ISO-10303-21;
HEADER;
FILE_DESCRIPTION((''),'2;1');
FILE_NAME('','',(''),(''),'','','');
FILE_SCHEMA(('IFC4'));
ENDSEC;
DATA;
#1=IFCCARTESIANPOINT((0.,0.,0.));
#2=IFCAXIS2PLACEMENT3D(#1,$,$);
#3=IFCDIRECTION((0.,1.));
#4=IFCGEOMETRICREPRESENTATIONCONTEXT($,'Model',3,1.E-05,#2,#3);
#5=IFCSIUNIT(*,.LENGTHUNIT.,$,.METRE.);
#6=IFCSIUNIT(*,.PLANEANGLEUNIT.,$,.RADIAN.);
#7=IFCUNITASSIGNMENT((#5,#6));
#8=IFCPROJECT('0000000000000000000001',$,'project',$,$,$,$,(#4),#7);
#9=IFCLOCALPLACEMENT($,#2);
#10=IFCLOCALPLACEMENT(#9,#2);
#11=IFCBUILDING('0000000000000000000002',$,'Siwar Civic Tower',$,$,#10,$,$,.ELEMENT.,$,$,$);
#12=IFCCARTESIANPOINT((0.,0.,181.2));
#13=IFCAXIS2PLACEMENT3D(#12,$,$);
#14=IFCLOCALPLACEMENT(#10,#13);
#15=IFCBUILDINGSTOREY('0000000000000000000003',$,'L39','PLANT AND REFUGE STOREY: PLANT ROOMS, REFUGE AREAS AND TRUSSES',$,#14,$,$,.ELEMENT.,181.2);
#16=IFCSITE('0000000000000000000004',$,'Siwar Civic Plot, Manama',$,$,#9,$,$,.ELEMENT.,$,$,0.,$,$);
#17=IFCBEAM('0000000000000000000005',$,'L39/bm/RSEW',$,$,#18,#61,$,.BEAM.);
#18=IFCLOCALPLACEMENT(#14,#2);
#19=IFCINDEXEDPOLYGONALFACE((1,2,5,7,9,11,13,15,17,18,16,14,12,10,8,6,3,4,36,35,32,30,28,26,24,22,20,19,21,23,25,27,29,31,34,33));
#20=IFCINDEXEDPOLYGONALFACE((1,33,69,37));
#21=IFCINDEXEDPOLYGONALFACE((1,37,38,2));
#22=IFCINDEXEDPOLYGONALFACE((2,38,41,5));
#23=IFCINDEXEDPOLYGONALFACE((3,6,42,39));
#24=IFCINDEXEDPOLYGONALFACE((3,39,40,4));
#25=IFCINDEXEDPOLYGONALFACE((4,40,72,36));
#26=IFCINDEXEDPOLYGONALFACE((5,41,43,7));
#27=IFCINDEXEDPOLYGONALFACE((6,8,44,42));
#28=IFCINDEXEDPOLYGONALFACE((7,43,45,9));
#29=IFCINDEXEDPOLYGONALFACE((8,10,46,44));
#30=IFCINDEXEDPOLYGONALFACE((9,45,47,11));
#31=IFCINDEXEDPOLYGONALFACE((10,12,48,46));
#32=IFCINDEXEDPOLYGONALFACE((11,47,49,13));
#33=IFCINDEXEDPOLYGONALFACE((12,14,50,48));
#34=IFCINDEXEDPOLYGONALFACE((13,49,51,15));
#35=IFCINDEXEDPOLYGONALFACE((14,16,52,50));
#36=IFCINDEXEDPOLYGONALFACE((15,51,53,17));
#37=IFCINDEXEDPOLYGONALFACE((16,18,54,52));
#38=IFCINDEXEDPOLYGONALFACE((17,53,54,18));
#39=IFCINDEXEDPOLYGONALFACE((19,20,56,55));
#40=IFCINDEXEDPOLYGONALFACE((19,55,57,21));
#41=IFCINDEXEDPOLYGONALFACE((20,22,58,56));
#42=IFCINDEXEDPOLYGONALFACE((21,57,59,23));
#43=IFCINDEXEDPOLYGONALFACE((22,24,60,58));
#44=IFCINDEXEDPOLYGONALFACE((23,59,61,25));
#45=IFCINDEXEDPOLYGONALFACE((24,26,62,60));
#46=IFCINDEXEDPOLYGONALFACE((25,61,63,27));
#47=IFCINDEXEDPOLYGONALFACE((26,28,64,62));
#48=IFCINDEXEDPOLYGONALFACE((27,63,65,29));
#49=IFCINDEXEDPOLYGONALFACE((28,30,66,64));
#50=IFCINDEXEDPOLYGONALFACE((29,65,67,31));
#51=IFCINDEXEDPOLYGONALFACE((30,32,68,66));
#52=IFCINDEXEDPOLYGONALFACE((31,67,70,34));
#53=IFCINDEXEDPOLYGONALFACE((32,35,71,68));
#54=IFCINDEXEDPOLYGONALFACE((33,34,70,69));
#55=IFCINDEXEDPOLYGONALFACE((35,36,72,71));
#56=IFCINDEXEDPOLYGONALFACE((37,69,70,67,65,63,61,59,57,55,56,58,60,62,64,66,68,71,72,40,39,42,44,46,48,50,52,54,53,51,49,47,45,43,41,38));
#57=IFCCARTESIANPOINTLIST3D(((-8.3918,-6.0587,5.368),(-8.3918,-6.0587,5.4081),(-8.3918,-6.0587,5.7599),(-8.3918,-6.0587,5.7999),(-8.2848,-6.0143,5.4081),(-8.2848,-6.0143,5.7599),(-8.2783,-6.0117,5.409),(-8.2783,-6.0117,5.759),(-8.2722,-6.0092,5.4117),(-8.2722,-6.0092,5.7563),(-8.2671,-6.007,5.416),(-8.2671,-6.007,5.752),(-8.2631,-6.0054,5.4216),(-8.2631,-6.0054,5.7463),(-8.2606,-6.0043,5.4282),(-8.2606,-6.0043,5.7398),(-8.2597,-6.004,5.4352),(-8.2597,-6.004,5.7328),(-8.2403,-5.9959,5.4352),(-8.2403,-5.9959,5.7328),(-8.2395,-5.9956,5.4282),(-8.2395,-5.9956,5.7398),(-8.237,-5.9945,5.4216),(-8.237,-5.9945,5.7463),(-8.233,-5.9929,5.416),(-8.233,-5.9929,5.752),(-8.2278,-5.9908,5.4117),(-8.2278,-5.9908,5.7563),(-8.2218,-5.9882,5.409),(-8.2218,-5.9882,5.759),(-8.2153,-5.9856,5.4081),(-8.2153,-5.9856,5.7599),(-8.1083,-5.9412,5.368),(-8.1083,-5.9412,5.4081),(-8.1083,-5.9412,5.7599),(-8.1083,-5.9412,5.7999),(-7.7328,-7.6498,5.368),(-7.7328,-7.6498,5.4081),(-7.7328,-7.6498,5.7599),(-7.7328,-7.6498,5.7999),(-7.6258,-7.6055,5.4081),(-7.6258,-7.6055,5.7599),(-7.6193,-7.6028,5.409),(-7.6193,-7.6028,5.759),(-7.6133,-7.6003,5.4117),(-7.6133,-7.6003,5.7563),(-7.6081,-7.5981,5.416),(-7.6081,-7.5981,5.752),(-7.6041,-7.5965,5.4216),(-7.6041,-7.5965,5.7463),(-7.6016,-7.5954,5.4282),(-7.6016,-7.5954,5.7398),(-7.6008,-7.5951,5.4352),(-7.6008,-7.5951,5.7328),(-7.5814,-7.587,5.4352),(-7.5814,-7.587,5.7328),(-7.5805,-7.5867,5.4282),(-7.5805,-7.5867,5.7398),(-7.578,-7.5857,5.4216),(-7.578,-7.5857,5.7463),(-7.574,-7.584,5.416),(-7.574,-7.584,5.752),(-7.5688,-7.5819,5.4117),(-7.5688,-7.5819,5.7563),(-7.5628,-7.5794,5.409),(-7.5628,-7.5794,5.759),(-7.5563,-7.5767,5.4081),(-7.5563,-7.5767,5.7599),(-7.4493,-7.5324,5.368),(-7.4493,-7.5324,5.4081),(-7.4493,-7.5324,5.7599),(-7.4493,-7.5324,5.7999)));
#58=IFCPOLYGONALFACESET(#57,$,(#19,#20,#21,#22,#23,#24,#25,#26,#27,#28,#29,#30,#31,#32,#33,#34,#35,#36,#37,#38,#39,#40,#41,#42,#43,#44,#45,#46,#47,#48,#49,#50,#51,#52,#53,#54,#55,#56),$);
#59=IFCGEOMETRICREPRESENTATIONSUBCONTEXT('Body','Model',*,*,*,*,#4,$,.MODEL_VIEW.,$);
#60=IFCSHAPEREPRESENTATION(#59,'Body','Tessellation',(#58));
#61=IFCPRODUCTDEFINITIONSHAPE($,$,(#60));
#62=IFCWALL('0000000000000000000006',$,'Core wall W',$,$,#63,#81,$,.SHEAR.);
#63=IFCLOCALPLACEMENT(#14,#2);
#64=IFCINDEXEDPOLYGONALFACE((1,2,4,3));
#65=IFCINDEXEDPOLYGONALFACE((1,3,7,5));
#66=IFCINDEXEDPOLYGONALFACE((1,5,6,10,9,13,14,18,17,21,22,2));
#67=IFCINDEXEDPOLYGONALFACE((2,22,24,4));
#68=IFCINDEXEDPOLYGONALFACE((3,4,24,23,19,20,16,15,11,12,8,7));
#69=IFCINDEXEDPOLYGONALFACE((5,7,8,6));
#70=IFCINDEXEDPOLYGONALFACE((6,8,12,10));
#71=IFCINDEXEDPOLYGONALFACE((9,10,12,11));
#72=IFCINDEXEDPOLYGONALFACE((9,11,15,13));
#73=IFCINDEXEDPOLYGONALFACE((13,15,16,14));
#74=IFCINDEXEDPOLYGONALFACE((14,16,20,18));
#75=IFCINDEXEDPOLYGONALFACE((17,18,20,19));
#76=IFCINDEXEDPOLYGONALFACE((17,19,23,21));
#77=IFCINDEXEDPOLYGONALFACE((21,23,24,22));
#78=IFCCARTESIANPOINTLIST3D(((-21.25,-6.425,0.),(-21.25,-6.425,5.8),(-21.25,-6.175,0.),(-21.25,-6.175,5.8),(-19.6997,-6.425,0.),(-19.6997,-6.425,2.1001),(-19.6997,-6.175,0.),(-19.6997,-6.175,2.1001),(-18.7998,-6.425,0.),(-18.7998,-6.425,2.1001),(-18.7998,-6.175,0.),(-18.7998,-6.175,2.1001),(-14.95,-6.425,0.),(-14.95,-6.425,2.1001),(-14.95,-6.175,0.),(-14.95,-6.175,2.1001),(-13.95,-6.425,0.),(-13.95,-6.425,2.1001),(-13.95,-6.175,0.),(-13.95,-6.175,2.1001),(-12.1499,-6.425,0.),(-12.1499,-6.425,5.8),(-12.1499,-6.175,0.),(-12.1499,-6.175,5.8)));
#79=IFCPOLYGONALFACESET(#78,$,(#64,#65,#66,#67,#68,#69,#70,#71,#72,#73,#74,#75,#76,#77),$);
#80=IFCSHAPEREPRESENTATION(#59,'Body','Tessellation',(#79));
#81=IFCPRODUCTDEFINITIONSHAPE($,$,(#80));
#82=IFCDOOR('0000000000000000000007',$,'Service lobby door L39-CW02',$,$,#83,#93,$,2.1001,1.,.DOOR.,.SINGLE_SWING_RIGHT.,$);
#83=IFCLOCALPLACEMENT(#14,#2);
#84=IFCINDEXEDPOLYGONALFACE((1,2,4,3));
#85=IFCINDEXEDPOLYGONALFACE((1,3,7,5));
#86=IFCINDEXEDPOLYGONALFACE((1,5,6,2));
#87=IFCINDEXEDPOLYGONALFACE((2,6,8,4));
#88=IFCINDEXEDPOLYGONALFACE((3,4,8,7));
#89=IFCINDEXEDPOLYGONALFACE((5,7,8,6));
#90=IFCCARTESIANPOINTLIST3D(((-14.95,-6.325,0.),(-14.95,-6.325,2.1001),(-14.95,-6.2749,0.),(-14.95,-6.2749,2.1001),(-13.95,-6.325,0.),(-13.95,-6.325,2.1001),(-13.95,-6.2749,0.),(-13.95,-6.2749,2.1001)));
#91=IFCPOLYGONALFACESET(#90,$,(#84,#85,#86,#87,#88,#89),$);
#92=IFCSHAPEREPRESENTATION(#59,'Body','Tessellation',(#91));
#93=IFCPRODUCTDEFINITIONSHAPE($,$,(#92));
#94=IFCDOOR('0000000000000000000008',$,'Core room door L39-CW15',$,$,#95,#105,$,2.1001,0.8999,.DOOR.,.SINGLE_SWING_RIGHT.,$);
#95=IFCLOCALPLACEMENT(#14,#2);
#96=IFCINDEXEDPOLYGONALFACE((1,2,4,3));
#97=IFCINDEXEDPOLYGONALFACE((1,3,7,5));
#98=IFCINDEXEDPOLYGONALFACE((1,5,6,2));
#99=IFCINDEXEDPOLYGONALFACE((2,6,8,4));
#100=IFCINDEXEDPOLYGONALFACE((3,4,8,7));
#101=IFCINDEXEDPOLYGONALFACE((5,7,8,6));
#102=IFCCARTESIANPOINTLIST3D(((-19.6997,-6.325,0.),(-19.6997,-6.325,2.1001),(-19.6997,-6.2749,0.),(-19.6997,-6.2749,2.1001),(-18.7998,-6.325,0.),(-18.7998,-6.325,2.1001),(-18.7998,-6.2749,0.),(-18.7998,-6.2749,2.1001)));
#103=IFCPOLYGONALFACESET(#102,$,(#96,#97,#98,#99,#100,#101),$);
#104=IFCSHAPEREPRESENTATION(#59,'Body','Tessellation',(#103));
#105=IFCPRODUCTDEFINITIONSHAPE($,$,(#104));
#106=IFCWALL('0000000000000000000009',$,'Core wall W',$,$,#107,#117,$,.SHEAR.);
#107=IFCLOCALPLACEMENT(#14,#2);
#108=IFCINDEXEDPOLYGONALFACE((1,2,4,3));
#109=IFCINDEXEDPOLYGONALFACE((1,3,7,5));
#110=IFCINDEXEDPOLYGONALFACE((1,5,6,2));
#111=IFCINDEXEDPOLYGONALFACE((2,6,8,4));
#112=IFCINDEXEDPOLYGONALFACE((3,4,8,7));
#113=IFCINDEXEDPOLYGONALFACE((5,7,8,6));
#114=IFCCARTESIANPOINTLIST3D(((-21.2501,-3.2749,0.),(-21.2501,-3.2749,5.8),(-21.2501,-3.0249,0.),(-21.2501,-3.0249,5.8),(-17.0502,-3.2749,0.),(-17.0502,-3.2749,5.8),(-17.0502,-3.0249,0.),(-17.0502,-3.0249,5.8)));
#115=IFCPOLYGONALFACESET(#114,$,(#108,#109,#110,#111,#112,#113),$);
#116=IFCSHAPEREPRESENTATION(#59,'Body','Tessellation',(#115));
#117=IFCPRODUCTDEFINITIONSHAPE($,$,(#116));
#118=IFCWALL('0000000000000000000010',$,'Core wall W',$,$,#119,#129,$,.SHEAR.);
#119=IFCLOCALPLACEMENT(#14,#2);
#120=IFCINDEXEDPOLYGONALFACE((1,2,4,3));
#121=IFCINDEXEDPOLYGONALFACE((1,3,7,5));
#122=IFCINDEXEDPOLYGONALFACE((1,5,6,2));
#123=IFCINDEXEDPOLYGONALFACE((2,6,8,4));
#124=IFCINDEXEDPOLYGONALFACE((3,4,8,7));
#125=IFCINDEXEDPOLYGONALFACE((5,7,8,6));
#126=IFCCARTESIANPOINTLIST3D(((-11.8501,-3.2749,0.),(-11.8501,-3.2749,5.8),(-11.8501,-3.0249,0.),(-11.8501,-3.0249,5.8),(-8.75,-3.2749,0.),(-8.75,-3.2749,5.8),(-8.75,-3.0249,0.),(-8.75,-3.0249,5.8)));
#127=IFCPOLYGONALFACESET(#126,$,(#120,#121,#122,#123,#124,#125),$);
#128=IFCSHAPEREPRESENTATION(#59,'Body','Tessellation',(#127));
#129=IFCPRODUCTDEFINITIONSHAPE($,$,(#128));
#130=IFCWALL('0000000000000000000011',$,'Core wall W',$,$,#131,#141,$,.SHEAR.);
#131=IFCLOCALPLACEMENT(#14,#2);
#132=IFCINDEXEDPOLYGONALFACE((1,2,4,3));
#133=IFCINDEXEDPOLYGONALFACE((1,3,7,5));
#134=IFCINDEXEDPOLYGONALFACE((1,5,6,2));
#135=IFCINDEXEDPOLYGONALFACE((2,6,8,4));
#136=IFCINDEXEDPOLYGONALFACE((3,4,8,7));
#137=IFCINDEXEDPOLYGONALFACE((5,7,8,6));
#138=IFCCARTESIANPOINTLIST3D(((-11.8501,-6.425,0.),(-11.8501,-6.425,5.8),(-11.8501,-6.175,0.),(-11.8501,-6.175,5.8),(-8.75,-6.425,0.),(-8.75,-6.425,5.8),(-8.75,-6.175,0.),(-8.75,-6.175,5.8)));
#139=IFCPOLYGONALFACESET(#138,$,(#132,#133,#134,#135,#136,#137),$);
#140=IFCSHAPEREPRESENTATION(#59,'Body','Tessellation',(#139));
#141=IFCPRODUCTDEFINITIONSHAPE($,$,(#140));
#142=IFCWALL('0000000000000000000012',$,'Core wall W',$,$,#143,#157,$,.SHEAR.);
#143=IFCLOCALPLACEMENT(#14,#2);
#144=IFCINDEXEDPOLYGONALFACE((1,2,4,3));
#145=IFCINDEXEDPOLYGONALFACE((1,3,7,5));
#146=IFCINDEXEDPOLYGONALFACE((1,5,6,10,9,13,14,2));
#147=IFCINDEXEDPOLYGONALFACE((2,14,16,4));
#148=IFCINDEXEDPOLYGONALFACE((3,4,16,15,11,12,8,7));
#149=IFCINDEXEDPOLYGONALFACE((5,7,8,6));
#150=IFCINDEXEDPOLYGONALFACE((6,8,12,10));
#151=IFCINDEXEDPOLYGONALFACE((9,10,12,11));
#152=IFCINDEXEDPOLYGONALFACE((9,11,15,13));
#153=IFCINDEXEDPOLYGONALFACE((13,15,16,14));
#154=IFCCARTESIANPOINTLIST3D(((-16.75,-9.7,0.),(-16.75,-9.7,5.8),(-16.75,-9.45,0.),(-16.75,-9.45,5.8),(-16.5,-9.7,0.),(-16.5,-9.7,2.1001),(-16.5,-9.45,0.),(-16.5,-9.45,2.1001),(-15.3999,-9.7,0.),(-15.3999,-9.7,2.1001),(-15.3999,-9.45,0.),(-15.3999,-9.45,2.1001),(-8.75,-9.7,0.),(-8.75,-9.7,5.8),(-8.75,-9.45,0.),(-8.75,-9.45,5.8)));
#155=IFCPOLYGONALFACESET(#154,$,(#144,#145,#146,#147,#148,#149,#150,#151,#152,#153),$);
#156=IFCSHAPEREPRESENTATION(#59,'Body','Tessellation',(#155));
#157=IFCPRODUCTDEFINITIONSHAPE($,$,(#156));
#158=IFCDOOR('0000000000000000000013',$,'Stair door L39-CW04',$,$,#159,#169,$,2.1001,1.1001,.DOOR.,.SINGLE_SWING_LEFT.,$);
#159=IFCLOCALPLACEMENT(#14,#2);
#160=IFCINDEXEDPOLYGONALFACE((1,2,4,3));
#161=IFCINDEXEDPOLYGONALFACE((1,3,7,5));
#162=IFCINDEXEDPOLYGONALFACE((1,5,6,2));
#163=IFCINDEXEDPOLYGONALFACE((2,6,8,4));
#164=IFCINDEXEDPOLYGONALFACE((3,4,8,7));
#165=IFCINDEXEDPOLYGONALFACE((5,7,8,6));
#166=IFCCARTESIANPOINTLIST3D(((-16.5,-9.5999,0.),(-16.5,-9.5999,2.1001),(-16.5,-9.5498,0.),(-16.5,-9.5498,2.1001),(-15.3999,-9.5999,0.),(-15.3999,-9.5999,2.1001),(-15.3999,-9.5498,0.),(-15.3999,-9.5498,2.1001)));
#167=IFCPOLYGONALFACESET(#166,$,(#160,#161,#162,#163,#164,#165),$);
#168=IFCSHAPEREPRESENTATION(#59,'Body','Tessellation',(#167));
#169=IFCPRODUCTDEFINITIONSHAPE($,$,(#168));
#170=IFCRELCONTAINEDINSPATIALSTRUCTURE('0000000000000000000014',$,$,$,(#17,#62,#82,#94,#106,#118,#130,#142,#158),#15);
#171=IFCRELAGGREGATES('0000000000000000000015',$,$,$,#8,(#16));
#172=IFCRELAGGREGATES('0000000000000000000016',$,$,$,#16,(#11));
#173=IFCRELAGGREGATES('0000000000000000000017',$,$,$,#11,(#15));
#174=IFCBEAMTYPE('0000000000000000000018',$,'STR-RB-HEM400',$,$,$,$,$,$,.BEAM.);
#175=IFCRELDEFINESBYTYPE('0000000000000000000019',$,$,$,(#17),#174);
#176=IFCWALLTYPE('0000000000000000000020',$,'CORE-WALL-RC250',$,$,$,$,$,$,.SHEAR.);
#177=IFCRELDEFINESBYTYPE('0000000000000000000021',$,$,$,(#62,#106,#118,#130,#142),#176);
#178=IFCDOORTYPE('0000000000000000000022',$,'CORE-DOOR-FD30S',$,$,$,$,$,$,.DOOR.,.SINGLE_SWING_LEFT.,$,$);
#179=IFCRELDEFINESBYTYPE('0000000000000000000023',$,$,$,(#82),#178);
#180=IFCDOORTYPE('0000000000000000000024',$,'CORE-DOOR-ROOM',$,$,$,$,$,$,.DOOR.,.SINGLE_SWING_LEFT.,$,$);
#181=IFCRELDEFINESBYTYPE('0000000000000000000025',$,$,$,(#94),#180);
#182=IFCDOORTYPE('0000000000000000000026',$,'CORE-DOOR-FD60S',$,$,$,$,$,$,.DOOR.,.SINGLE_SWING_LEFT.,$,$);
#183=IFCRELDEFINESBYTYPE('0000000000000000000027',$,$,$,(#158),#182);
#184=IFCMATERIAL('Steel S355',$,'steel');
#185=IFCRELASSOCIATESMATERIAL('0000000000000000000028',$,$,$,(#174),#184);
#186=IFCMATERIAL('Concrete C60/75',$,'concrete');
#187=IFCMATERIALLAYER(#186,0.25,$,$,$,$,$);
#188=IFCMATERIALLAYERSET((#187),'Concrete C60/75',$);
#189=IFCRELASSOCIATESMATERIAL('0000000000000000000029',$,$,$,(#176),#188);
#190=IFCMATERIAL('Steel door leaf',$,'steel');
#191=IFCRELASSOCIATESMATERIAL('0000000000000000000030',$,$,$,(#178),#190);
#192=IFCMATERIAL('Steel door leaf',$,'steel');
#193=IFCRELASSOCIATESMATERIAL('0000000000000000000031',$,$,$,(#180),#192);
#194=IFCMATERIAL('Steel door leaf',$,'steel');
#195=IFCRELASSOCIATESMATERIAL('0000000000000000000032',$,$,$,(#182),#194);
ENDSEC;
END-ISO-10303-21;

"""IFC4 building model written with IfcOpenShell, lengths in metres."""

from ifc_helpers import new_model, si_unit, direction, frame, frame_2d, origin, origin_2d, place, context, subcontext, project, spatial, rectangle, i_section, extrude, material, layer, layer_set, material_profile, profile_set, type_object, element, fill, save


model = new_model("IFC4")

# Units and contexts
model_context = context("Model", 3, precision=1e-05, world=origin(), true_north=direction((0.0, 1.0)))
body_context = subcontext(model_context, "Body", "Model", "MODEL_VIEW")
ifc_project = project(units=[si_unit("LENGTHUNIT", "METRE"), si_unit("PLANEANGLEUNIT", "RADIAN")], contexts=[model_context])

# Site, building, storey
site_placement = place(None, origin())
site = spatial("IfcSite", under=ifc_project, at=site_placement, Name="Siwar Civic Plot, Manama", CompositionType="ELEMENT", RefElevation=0.0)
building_placement = place(site_placement, origin())
building = spatial("IfcBuilding", under=site, at=building_placement, Name="Siwar Civic Tower", CompositionType="ELEMENT")
storey_placement = place(building_placement, frame((0.0, 0.0, 181.2)))
storey = spatial("IfcBuildingStorey", under=building, at=storey_placement, Name="L39", Description="PLANT AND REFUGE STOREY: PLANT ROOMS, REFUGE AREAS AND TRUSSES", CompositionType="ELEMENT", Elevation=181.2)

# Beam
ifc_material_1 = material(Name="Steel S355", Category="steel")
ifc_material_profile_1 = material_profile(ifc_material_1, i_section(OverallWidth=0.3069, OverallDepth=0.4319, WebThickness=0.021, FlangeThickness=0.04, FilletRadius=0.0271, at=origin_2d()), Name="HEM400")
ifc_profile_set_1 = profile_set([ifc_material_profile_1], Name="Steel S355")
beam_type = type_object("IfcBeamType", Name="STR-RB-HEM400", PredefinedType="BEAM", material=ifc_profile_set_1)
beam_1_placement = place(storey_placement, frame((-7.5911, -7.5911, 5.584), z_axis=(-0.382631, 0.923901, 0.0), x_axis=(-0.923901, -0.382631, 0.0)))
element("IfcBeam", 1, at=beam_1_placement, inside=storey, type_object=beam_type, Name="L39/bm/RSEW", PredefinedType="BEAM", context=body_context, shape_type="SweptSolid", body=[
    extrude(i_section(OverallWidth=0.3069, OverallDepth=0.4319, WebThickness=0.021, FlangeThickness=0.04, FilletRadius=0.0271, at=origin_2d()), origin(), (0.0, 0.0, 1.0), 1.7222),
])

# Wall, openings, doors
ifc_material_2 = material(Name="Concrete C60/75", Category="concrete")
ifc_layer_1 = layer(ifc_material_2, 0.25)
ifc_layer_set_1 = layer_set([ifc_layer_1], Name="Concrete C60/75")
wall_type_1 = type_object("IfcWallType", Name="CORE-WALL-RC250", PredefinedType="SHEAR", material=ifc_layer_set_1)
wall_1_placement = place(storey_placement, frame((-12.1499, -6.3, 0.0), z_axis=(0.0, 0.0, 1.0), x_axis=(-1.0, 0.0, 0.0)))
wall_1 = element("IfcWall", 2, at=wall_1_placement, inside=storey, type_object=wall_type_1, Name="Core wall W", PredefinedType="SHEAR", context=body_context, shape_type="SweptSolid", body=[
    extrude(rectangle(XDim=9.1001, YDim=0.25, at=frame_2d((4.55, 0.0))), origin(), (0.0, 0.0, 1.0), 5.8),
])
opening_1_placement = place(wall_1_placement, frame((1.8, 0.0, 0.0)))
opening_1 = element("IfcOpeningElement", 3, at=opening_1_placement, cuts=wall_1, PredefinedType="OPENING", context=body_context, shape_type="SweptSolid", body=[
    extrude(rectangle(XDim=1.0, YDim=2.1001, at=frame_2d((0.5, 1.05))), frame((0.0, 0.135, 0.0), z_axis=(0.0, -1.0, 0.0), x_axis=(1.0, 0.0, 0.0)), (0.0, 0.0, 1.0), 0.27),
])
opening_2_placement = place(wall_1_placement, frame((6.6499, 0.0, 0.0)))
opening_2 = element("IfcOpeningElement", 4, at=opening_2_placement, cuts=wall_1, PredefinedType="OPENING", context=body_context, shape_type="SweptSolid", body=[
    extrude(rectangle(XDim=0.8999, YDim=2.1001, at=frame_2d((0.45, 1.05))), frame((0.0, 0.135, 0.0), z_axis=(0.0, -1.0, 0.0), x_axis=(1.0, 0.0, 0.0)), (0.0, 0.0, 1.0), 0.27),
])
ifc_material_3 = material(Name="Steel door leaf", Category="steel")
door_type_1 = type_object("IfcDoorType", Name="CORE-DOOR-FD30S", OperationType="SINGLE_SWING_LEFT", PredefinedType="DOOR", material=ifc_material_3)
door_1_placement = place(opening_1_placement, origin())
door_1 = element("IfcDoor", 5, at=door_1_placement, inside=storey, type_object=door_type_1, Name="Service lobby door L39-CW02", OperationType="SINGLE_SWING_RIGHT", OverallHeight=2.1001, OverallWidth=1.0, PredefinedType="DOOR", context=body_context, shape_type="SweptSolid", body=[
    extrude(rectangle(XDim=1.0, YDim=2.1001, at=frame_2d((0.5, 1.05))), frame((0.0, 0.0249, 0.0), z_axis=(0.0, -1.0, 0.0), x_axis=(1.0, 0.0, 0.0)), (0.0, 0.0, 1.0), 0.05),
])
fill(opening_1, door_1)
ifc_material_4 = material(Name="Steel door leaf", Category="steel")
door_type_2 = type_object("IfcDoorType", Name="CORE-DOOR-ROOM", OperationType="SINGLE_SWING_LEFT", PredefinedType="DOOR", material=ifc_material_4)
door_2_placement = place(opening_2_placement, origin())
door_2 = element("IfcDoor", 6, at=door_2_placement, inside=storey, type_object=door_type_2, Name="Core room door L39-CW15", OperationType="SINGLE_SWING_RIGHT", OverallHeight=2.1001, OverallWidth=0.8999, PredefinedType="DOOR", context=body_context, shape_type="SweptSolid", body=[
    extrude(rectangle(XDim=0.8999, YDim=2.1001, at=frame_2d((0.45, 1.05))), frame((0.0, 0.0249, 0.0), z_axis=(0.0, -1.0, 0.0), x_axis=(1.0, 0.0, 0.0)), (0.0, 0.0, 1.0), 0.05),
])
fill(opening_2, door_2)

# Walls
wall_2_placement = place(storey_placement, frame((-17.05, -3.1499, 0.0), z_axis=(0.0, 0.0, 1.0), x_axis=(-1.0, 0.0, 0.0)))
element("IfcWall", 7, at=wall_2_placement, inside=storey, type_object=wall_type_1, Name="Core wall W", PredefinedType="SHEAR", context=body_context, shape_type="SweptSolid", body=[
    extrude(rectangle(XDim=4.2, YDim=0.25, at=frame_2d((2.1001, 0.0))), origin(), (0.0, 0.0, 1.0), 5.8),
])
for number, where, z_axis, x_axis, name in (
    (8, (-8.75, -3.1499, 0.0), (0.0, 0.0, 1.0), (-1.0, 0.0, 0.0), "Core wall W"),
    (9, (-8.75, -6.3, 0.0), (0.0, 0.0, 1.0), (-1.0, 0.0, 0.0), "Core wall W"),
):
    element("IfcWall", number, at=place(storey_placement, frame(where, z_axis=z_axis, x_axis=x_axis)), inside=storey, type_object=wall_type_1, Name=name, PredefinedType="SHEAR", context=body_context, shape_type="SweptSolid", body=[
        extrude(rectangle(XDim=3.1001, YDim=0.25, at=frame_2d((1.55, 0.0))), origin(), (0.0, 0.0, 1.0), 5.8),
    ])

# Wall, opening, door
wall_3_placement = place(storey_placement, frame((-8.75, -9.575, 0.0), z_axis=(0.0, 0.0, 1.0), x_axis=(-1.0, 0.0, 0.0)))
wall_3 = element("IfcWall", 10, at=wall_3_placement, inside=storey, type_object=wall_type_1, Name="Core wall W", PredefinedType="SHEAR", context=body_context, shape_type="SweptSolid", body=[
    extrude(rectangle(XDim=8.0, YDim=0.25, at=frame_2d((4.0, 0.0))), origin(), (0.0, 0.0, 1.0), 5.8),
])
opening_3_placement = place(wall_3_placement, frame((6.6499, 0.0, 0.0)))
opening_3 = element("IfcOpeningElement", 11, at=opening_3_placement, cuts=wall_3, PredefinedType="OPENING", context=body_context, shape_type="SweptSolid", body=[
    extrude(rectangle(XDim=1.1001, YDim=2.1001, at=frame_2d((0.55, 1.05))), frame((0.0, 0.135, 0.0), z_axis=(0.0, -1.0, 0.0), x_axis=(1.0, 0.0, 0.0)), (0.0, 0.0, 1.0), 0.27),
])
ifc_material_5 = material(Name="Steel door leaf", Category="steel")
door_type_3 = type_object("IfcDoorType", Name="CORE-DOOR-FD60S", OperationType="SINGLE_SWING_LEFT", PredefinedType="DOOR", material=ifc_material_5)
door_3_placement = place(opening_3_placement, origin())
door_3 = element("IfcDoor", 12, at=door_3_placement, inside=storey, type_object=door_type_3, Name="Stair door L39-CW04", OperationType="SINGLE_SWING_LEFT", OverallHeight=2.1001, OverallWidth=1.1001, PredefinedType="DOOR", context=body_context, shape_type="SweptSolid", body=[
    extrude(rectangle(XDim=1.1001, YDim=2.1001, at=frame_2d((0.55, 1.05))), frame((0.0, 0.0249, 0.0), z_axis=(0.0, -1.0, 0.0), x_axis=(1.0, 0.0, 0.0)), (0.0, 0.0, 1.0), 0.05),
])
fill(opening_3, door_3)

save(model, "model.ifc")
